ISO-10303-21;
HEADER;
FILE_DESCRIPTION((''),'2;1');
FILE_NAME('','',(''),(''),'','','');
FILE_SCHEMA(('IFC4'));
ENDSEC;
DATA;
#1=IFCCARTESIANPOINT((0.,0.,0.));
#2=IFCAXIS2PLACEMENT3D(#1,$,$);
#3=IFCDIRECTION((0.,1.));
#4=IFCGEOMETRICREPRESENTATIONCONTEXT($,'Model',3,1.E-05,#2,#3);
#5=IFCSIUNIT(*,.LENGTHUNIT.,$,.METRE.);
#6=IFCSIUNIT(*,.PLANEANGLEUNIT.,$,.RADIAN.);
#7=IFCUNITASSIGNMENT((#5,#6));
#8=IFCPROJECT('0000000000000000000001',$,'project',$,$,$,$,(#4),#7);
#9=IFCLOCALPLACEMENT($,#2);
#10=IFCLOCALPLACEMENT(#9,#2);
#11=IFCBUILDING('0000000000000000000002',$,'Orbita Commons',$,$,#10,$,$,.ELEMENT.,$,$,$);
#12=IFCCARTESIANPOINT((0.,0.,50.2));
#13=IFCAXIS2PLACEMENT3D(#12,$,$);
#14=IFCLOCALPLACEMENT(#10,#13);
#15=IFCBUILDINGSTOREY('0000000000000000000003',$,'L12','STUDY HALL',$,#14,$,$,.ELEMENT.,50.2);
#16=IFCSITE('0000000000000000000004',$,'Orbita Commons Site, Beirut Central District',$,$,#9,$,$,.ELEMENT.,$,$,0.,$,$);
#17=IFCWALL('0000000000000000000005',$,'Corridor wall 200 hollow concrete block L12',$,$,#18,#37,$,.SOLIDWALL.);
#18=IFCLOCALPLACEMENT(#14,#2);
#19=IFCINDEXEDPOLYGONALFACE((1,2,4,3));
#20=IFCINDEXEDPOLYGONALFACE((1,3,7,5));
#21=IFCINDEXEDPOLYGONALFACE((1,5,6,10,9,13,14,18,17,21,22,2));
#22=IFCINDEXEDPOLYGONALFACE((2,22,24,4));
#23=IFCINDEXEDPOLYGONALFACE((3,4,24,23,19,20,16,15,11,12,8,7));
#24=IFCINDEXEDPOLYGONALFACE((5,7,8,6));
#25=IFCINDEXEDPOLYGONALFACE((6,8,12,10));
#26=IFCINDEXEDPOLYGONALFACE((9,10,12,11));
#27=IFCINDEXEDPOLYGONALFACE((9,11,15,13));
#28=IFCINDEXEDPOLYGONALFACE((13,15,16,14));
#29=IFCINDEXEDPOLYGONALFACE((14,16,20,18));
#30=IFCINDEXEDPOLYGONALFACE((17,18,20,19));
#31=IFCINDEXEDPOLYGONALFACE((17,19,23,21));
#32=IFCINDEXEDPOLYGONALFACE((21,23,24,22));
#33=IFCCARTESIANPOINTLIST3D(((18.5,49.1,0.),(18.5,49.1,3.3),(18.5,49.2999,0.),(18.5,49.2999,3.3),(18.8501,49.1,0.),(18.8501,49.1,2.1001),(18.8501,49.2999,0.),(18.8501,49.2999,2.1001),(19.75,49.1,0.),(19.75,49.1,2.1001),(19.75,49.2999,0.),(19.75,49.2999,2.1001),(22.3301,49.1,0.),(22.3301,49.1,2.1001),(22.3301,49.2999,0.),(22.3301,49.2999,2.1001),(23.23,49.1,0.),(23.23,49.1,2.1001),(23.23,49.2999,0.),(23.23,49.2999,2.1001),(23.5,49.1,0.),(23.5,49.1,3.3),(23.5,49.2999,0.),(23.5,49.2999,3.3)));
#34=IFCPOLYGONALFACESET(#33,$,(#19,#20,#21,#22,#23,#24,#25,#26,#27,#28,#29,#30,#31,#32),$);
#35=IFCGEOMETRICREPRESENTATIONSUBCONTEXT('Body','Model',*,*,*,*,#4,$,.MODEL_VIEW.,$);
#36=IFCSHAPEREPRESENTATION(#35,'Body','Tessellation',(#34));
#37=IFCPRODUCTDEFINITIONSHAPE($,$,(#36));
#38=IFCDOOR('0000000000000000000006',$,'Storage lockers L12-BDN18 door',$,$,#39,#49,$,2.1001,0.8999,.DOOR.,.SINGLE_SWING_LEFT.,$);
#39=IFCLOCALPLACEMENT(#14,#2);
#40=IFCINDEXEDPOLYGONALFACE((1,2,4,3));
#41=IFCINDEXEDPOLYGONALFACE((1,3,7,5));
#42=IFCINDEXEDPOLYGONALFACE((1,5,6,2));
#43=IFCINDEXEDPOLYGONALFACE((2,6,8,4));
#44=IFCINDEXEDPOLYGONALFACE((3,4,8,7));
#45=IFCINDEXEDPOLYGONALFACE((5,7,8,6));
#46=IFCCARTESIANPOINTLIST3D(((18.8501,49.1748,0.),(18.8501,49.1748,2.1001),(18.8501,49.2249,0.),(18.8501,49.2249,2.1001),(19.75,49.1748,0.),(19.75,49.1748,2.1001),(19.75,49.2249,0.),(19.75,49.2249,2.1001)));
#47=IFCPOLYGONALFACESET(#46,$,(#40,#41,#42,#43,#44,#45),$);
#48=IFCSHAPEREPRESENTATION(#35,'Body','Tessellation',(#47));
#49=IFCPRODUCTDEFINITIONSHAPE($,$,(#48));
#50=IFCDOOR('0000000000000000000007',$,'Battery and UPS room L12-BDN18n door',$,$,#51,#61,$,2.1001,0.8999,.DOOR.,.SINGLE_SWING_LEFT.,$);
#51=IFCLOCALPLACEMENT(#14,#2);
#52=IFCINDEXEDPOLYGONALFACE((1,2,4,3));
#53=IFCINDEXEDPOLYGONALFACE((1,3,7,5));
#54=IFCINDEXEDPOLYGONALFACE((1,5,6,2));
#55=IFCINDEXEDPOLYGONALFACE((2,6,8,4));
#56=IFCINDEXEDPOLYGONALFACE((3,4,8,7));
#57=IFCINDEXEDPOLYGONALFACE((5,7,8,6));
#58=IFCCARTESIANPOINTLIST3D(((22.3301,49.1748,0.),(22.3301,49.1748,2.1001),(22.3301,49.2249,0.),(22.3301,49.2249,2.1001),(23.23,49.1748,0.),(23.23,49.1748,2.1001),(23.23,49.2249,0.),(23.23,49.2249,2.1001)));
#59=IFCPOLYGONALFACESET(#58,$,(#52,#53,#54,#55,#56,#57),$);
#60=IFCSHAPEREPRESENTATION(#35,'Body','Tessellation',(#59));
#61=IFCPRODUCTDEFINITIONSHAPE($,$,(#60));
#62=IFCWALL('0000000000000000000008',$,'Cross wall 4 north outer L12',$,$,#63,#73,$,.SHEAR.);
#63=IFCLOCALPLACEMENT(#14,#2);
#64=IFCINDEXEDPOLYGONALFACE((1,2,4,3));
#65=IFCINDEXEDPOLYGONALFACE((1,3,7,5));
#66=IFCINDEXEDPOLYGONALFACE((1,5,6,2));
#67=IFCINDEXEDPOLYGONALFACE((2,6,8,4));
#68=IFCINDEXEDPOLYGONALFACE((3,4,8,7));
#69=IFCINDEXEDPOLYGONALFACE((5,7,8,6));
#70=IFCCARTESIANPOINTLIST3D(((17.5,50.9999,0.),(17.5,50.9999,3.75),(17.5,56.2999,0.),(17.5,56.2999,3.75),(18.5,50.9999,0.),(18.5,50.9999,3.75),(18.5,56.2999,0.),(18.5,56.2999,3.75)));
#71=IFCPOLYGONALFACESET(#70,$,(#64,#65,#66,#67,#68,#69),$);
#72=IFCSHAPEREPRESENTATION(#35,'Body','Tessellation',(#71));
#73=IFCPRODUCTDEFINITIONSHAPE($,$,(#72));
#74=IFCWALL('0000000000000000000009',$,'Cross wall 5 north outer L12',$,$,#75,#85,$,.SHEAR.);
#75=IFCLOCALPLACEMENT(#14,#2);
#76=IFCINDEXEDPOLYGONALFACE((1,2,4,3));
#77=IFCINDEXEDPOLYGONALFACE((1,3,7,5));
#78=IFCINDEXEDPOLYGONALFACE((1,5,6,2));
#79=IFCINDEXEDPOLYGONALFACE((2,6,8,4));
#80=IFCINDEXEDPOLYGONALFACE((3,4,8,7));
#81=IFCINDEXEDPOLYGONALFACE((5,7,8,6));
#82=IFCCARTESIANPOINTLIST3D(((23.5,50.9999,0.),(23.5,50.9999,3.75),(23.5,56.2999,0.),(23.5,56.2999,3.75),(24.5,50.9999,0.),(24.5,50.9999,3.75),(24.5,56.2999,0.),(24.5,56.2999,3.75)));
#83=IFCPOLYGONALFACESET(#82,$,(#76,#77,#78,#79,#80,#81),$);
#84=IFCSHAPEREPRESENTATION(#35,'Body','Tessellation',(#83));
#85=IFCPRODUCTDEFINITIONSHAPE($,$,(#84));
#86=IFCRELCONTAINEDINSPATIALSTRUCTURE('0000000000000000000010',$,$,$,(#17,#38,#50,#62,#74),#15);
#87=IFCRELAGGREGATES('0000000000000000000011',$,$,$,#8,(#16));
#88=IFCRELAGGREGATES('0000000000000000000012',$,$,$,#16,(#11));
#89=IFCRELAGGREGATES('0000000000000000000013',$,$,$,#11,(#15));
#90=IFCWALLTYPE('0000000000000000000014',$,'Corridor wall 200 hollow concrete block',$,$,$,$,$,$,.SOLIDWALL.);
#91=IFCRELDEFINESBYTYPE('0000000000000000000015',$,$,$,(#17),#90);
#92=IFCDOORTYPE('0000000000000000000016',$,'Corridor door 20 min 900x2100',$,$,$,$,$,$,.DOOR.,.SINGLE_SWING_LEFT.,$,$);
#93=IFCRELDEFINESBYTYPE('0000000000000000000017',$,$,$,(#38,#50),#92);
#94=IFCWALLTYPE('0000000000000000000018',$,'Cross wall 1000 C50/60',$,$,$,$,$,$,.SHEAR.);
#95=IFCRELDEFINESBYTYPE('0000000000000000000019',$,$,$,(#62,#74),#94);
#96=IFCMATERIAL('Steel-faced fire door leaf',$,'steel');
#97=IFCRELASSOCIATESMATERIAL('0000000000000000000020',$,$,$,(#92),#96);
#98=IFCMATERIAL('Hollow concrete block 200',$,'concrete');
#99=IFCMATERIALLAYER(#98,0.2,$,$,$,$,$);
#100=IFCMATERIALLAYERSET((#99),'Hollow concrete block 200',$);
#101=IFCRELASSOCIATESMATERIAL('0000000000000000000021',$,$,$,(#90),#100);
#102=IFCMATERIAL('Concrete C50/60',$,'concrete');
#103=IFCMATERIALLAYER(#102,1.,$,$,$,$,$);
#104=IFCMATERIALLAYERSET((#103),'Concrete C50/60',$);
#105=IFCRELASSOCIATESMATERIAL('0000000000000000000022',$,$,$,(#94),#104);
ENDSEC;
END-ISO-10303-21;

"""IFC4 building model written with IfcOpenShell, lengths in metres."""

from ifc_helpers import new_model, si_unit, direction, frame, frame_2d, origin, place, context, subcontext, project, spatial, rectangle, extrude, material, layer, layer_set, type_object, element, fill, save


model = new_model("IFC4")

# Units and contexts
model_context = context("Model", 3, precision=1e-05, world=origin(), true_north=direction((0.0, 1.0)))
body_context = subcontext(model_context, "Body", "Model", "MODEL_VIEW")
ifc_project = project(units=[si_unit("LENGTHUNIT", "METRE"), si_unit("PLANEANGLEUNIT", "RADIAN")], contexts=[model_context])

# Site, building, storey
site_placement = place(None, origin())
site = spatial("IfcSite", under=ifc_project, at=site_placement, Name="Orbita Commons Site, Beirut Central District", CompositionType="ELEMENT", RefElevation=0.0)
building_placement = place(site_placement, origin())
building = spatial("IfcBuilding", under=site, at=building_placement, Name="Orbita Commons", CompositionType="ELEMENT")
storey_placement = place(building_placement, frame((0.0, 0.0, 50.2)))
storey = spatial("IfcBuildingStorey", under=building, at=storey_placement, Name="L12", Description="STUDY HALL", CompositionType="ELEMENT", Elevation=50.2)

# Shared definitions
ifc_material_1 = material(Name="Steel-faced fire door leaf", Category="steel")
door_type_1 = type_object("IfcDoorType", Name="Corridor door 20 min 900x2100", OperationType="SINGLE_SWING_LEFT", PredefinedType="DOOR", material=ifc_material_1)

# Wall, openings, doors
ifc_material_2 = material(Name="Hollow concrete block 200", Category="concrete")
ifc_layer_1 = layer(ifc_material_2, 0.2)
ifc_layer_set_1 = layer_set([ifc_layer_1], Name="Hollow concrete block 200")
wall_type_1 = type_object("IfcWallType", Name="Corridor wall 200 hollow concrete block", PredefinedType="SOLIDWALL", material=ifc_layer_set_1)
wall_1_placement = place(storey_placement, frame((18.5, 49.2, 0.0), z_axis=(0.0, 0.0, 1.0), x_axis=(1.0, 0.0, 0.0)))
wall_1 = element("IfcWall", 1, at=wall_1_placement, inside=storey, type_object=wall_type_1, Name="Corridor wall 200 hollow concrete block L12", PredefinedType="SOLIDWALL", context=body_context, shape_type="SweptSolid", body=[
    extrude(rectangle(XDim=5.0, YDim=0.2, at=frame_2d((2.5, 0.0))), origin(), (0.0, 0.0, 1.0), 3.3),
])
opening_1_placement = place(wall_1_placement, frame((0.3501, 0.0, 0.0)))
opening_1 = element("IfcOpeningElement", 2, at=opening_1_placement, cuts=wall_1, PredefinedType="OPENING", context=body_context, shape_type="SweptSolid", body=[
    extrude(rectangle(XDim=0.8999, YDim=2.1001, at=frame_2d((0.45, 1.05))), frame((0.0, 0.1099, 0.0), z_axis=(0.0, -1.0, 0.0), x_axis=(1.0, 0.0, 0.0)), (0.0, 0.0, 1.0), 0.22),
])
opening_2_placement = place(wall_1_placement, frame((3.8301, 0.0, 0.0)))
opening_2 = element("IfcOpeningElement", 3, at=opening_2_placement, cuts=wall_1, PredefinedType="OPENING", context=body_context, shape_type="SweptSolid", body=[
    extrude(rectangle(XDim=0.8999, YDim=2.1001, at=frame_2d((0.45, 1.05))), frame((0.0, 0.1099, 0.0), z_axis=(0.0, -1.0, 0.0), x_axis=(1.0, 0.0, 0.0)), (0.0, 0.0, 1.0), 0.22),
])
door_1_placement = place(opening_1_placement, origin())
door_1 = element("IfcDoor", 4, at=door_1_placement, inside=storey, type_object=door_type_1, Name="Storage lockers L12-BDN18 door", OperationType="SINGLE_SWING_LEFT", OverallHeight=2.1001, OverallWidth=0.8999, PredefinedType="DOOR", context=body_context, shape_type="SweptSolid", body=[
    extrude(rectangle(XDim=0.8999, YDim=2.1001, at=frame_2d((0.45, 1.05))), frame((0.0, 0.0249, 0.0), z_axis=(0.0, -1.0, 0.0), x_axis=(1.0, 0.0, 0.0)), (0.0, 0.0, 1.0), 0.05),
])
fill(opening_1, door_1)
door_2_placement = place(opening_2_placement, origin())
door_2 = element("IfcDoor", 5, at=door_2_placement, inside=storey, type_object=door_type_1, Name="Battery and UPS room L12-BDN18n door", OperationType="SINGLE_SWING_LEFT", OverallHeight=2.1001, OverallWidth=0.8999, PredefinedType="DOOR", context=body_context, shape_type="SweptSolid", body=[
    extrude(rectangle(XDim=0.8999, YDim=2.1001, at=frame_2d((0.45, 1.05))), frame((0.0, 0.0249, 0.0), z_axis=(0.0, -1.0, 0.0), x_axis=(1.0, 0.0, 0.0)), (0.0, 0.0, 1.0), 0.05),
])
fill(opening_2, door_2)

# Walls
ifc_material_3 = material(Name="Concrete C50/60", Category="concrete")
ifc_layer_2 = layer(ifc_material_3, 1.0)
ifc_layer_set_2 = layer_set([ifc_layer_2], Name="Concrete C50/60")
wall_type_2 = type_object("IfcWallType", Name="Cross wall 1000 C50/60", PredefinedType="SHEAR", material=ifc_layer_set_2)
for number, where, z_axis, x_axis, name in (
    (6, (18.0, 51.0, 0.0), (0.0, 0.0, 1.0), (0.0, 1.0, 0.0), "Cross wall 4 north outer L12"),
    (7, (24.0, 51.0, 0.0), (0.0, 0.0, 1.0), (0.0, 1.0, 0.0), "Cross wall 5 north outer L12"),
):
    element("IfcWall", number, at=place(storey_placement, frame(where, z_axis=z_axis, x_axis=x_axis)), inside=storey, type_object=wall_type_2, Name=name, PredefinedType="SHEAR", context=body_context, shape_type="SweptSolid", body=[
        extrude(rectangle(XDim=5.3, YDim=1.0, at=frame_2d((2.6499, 0.0))), origin(), (0.0, 0.0, 1.0), 3.75),
    ])

save(model, "model.ifc")
